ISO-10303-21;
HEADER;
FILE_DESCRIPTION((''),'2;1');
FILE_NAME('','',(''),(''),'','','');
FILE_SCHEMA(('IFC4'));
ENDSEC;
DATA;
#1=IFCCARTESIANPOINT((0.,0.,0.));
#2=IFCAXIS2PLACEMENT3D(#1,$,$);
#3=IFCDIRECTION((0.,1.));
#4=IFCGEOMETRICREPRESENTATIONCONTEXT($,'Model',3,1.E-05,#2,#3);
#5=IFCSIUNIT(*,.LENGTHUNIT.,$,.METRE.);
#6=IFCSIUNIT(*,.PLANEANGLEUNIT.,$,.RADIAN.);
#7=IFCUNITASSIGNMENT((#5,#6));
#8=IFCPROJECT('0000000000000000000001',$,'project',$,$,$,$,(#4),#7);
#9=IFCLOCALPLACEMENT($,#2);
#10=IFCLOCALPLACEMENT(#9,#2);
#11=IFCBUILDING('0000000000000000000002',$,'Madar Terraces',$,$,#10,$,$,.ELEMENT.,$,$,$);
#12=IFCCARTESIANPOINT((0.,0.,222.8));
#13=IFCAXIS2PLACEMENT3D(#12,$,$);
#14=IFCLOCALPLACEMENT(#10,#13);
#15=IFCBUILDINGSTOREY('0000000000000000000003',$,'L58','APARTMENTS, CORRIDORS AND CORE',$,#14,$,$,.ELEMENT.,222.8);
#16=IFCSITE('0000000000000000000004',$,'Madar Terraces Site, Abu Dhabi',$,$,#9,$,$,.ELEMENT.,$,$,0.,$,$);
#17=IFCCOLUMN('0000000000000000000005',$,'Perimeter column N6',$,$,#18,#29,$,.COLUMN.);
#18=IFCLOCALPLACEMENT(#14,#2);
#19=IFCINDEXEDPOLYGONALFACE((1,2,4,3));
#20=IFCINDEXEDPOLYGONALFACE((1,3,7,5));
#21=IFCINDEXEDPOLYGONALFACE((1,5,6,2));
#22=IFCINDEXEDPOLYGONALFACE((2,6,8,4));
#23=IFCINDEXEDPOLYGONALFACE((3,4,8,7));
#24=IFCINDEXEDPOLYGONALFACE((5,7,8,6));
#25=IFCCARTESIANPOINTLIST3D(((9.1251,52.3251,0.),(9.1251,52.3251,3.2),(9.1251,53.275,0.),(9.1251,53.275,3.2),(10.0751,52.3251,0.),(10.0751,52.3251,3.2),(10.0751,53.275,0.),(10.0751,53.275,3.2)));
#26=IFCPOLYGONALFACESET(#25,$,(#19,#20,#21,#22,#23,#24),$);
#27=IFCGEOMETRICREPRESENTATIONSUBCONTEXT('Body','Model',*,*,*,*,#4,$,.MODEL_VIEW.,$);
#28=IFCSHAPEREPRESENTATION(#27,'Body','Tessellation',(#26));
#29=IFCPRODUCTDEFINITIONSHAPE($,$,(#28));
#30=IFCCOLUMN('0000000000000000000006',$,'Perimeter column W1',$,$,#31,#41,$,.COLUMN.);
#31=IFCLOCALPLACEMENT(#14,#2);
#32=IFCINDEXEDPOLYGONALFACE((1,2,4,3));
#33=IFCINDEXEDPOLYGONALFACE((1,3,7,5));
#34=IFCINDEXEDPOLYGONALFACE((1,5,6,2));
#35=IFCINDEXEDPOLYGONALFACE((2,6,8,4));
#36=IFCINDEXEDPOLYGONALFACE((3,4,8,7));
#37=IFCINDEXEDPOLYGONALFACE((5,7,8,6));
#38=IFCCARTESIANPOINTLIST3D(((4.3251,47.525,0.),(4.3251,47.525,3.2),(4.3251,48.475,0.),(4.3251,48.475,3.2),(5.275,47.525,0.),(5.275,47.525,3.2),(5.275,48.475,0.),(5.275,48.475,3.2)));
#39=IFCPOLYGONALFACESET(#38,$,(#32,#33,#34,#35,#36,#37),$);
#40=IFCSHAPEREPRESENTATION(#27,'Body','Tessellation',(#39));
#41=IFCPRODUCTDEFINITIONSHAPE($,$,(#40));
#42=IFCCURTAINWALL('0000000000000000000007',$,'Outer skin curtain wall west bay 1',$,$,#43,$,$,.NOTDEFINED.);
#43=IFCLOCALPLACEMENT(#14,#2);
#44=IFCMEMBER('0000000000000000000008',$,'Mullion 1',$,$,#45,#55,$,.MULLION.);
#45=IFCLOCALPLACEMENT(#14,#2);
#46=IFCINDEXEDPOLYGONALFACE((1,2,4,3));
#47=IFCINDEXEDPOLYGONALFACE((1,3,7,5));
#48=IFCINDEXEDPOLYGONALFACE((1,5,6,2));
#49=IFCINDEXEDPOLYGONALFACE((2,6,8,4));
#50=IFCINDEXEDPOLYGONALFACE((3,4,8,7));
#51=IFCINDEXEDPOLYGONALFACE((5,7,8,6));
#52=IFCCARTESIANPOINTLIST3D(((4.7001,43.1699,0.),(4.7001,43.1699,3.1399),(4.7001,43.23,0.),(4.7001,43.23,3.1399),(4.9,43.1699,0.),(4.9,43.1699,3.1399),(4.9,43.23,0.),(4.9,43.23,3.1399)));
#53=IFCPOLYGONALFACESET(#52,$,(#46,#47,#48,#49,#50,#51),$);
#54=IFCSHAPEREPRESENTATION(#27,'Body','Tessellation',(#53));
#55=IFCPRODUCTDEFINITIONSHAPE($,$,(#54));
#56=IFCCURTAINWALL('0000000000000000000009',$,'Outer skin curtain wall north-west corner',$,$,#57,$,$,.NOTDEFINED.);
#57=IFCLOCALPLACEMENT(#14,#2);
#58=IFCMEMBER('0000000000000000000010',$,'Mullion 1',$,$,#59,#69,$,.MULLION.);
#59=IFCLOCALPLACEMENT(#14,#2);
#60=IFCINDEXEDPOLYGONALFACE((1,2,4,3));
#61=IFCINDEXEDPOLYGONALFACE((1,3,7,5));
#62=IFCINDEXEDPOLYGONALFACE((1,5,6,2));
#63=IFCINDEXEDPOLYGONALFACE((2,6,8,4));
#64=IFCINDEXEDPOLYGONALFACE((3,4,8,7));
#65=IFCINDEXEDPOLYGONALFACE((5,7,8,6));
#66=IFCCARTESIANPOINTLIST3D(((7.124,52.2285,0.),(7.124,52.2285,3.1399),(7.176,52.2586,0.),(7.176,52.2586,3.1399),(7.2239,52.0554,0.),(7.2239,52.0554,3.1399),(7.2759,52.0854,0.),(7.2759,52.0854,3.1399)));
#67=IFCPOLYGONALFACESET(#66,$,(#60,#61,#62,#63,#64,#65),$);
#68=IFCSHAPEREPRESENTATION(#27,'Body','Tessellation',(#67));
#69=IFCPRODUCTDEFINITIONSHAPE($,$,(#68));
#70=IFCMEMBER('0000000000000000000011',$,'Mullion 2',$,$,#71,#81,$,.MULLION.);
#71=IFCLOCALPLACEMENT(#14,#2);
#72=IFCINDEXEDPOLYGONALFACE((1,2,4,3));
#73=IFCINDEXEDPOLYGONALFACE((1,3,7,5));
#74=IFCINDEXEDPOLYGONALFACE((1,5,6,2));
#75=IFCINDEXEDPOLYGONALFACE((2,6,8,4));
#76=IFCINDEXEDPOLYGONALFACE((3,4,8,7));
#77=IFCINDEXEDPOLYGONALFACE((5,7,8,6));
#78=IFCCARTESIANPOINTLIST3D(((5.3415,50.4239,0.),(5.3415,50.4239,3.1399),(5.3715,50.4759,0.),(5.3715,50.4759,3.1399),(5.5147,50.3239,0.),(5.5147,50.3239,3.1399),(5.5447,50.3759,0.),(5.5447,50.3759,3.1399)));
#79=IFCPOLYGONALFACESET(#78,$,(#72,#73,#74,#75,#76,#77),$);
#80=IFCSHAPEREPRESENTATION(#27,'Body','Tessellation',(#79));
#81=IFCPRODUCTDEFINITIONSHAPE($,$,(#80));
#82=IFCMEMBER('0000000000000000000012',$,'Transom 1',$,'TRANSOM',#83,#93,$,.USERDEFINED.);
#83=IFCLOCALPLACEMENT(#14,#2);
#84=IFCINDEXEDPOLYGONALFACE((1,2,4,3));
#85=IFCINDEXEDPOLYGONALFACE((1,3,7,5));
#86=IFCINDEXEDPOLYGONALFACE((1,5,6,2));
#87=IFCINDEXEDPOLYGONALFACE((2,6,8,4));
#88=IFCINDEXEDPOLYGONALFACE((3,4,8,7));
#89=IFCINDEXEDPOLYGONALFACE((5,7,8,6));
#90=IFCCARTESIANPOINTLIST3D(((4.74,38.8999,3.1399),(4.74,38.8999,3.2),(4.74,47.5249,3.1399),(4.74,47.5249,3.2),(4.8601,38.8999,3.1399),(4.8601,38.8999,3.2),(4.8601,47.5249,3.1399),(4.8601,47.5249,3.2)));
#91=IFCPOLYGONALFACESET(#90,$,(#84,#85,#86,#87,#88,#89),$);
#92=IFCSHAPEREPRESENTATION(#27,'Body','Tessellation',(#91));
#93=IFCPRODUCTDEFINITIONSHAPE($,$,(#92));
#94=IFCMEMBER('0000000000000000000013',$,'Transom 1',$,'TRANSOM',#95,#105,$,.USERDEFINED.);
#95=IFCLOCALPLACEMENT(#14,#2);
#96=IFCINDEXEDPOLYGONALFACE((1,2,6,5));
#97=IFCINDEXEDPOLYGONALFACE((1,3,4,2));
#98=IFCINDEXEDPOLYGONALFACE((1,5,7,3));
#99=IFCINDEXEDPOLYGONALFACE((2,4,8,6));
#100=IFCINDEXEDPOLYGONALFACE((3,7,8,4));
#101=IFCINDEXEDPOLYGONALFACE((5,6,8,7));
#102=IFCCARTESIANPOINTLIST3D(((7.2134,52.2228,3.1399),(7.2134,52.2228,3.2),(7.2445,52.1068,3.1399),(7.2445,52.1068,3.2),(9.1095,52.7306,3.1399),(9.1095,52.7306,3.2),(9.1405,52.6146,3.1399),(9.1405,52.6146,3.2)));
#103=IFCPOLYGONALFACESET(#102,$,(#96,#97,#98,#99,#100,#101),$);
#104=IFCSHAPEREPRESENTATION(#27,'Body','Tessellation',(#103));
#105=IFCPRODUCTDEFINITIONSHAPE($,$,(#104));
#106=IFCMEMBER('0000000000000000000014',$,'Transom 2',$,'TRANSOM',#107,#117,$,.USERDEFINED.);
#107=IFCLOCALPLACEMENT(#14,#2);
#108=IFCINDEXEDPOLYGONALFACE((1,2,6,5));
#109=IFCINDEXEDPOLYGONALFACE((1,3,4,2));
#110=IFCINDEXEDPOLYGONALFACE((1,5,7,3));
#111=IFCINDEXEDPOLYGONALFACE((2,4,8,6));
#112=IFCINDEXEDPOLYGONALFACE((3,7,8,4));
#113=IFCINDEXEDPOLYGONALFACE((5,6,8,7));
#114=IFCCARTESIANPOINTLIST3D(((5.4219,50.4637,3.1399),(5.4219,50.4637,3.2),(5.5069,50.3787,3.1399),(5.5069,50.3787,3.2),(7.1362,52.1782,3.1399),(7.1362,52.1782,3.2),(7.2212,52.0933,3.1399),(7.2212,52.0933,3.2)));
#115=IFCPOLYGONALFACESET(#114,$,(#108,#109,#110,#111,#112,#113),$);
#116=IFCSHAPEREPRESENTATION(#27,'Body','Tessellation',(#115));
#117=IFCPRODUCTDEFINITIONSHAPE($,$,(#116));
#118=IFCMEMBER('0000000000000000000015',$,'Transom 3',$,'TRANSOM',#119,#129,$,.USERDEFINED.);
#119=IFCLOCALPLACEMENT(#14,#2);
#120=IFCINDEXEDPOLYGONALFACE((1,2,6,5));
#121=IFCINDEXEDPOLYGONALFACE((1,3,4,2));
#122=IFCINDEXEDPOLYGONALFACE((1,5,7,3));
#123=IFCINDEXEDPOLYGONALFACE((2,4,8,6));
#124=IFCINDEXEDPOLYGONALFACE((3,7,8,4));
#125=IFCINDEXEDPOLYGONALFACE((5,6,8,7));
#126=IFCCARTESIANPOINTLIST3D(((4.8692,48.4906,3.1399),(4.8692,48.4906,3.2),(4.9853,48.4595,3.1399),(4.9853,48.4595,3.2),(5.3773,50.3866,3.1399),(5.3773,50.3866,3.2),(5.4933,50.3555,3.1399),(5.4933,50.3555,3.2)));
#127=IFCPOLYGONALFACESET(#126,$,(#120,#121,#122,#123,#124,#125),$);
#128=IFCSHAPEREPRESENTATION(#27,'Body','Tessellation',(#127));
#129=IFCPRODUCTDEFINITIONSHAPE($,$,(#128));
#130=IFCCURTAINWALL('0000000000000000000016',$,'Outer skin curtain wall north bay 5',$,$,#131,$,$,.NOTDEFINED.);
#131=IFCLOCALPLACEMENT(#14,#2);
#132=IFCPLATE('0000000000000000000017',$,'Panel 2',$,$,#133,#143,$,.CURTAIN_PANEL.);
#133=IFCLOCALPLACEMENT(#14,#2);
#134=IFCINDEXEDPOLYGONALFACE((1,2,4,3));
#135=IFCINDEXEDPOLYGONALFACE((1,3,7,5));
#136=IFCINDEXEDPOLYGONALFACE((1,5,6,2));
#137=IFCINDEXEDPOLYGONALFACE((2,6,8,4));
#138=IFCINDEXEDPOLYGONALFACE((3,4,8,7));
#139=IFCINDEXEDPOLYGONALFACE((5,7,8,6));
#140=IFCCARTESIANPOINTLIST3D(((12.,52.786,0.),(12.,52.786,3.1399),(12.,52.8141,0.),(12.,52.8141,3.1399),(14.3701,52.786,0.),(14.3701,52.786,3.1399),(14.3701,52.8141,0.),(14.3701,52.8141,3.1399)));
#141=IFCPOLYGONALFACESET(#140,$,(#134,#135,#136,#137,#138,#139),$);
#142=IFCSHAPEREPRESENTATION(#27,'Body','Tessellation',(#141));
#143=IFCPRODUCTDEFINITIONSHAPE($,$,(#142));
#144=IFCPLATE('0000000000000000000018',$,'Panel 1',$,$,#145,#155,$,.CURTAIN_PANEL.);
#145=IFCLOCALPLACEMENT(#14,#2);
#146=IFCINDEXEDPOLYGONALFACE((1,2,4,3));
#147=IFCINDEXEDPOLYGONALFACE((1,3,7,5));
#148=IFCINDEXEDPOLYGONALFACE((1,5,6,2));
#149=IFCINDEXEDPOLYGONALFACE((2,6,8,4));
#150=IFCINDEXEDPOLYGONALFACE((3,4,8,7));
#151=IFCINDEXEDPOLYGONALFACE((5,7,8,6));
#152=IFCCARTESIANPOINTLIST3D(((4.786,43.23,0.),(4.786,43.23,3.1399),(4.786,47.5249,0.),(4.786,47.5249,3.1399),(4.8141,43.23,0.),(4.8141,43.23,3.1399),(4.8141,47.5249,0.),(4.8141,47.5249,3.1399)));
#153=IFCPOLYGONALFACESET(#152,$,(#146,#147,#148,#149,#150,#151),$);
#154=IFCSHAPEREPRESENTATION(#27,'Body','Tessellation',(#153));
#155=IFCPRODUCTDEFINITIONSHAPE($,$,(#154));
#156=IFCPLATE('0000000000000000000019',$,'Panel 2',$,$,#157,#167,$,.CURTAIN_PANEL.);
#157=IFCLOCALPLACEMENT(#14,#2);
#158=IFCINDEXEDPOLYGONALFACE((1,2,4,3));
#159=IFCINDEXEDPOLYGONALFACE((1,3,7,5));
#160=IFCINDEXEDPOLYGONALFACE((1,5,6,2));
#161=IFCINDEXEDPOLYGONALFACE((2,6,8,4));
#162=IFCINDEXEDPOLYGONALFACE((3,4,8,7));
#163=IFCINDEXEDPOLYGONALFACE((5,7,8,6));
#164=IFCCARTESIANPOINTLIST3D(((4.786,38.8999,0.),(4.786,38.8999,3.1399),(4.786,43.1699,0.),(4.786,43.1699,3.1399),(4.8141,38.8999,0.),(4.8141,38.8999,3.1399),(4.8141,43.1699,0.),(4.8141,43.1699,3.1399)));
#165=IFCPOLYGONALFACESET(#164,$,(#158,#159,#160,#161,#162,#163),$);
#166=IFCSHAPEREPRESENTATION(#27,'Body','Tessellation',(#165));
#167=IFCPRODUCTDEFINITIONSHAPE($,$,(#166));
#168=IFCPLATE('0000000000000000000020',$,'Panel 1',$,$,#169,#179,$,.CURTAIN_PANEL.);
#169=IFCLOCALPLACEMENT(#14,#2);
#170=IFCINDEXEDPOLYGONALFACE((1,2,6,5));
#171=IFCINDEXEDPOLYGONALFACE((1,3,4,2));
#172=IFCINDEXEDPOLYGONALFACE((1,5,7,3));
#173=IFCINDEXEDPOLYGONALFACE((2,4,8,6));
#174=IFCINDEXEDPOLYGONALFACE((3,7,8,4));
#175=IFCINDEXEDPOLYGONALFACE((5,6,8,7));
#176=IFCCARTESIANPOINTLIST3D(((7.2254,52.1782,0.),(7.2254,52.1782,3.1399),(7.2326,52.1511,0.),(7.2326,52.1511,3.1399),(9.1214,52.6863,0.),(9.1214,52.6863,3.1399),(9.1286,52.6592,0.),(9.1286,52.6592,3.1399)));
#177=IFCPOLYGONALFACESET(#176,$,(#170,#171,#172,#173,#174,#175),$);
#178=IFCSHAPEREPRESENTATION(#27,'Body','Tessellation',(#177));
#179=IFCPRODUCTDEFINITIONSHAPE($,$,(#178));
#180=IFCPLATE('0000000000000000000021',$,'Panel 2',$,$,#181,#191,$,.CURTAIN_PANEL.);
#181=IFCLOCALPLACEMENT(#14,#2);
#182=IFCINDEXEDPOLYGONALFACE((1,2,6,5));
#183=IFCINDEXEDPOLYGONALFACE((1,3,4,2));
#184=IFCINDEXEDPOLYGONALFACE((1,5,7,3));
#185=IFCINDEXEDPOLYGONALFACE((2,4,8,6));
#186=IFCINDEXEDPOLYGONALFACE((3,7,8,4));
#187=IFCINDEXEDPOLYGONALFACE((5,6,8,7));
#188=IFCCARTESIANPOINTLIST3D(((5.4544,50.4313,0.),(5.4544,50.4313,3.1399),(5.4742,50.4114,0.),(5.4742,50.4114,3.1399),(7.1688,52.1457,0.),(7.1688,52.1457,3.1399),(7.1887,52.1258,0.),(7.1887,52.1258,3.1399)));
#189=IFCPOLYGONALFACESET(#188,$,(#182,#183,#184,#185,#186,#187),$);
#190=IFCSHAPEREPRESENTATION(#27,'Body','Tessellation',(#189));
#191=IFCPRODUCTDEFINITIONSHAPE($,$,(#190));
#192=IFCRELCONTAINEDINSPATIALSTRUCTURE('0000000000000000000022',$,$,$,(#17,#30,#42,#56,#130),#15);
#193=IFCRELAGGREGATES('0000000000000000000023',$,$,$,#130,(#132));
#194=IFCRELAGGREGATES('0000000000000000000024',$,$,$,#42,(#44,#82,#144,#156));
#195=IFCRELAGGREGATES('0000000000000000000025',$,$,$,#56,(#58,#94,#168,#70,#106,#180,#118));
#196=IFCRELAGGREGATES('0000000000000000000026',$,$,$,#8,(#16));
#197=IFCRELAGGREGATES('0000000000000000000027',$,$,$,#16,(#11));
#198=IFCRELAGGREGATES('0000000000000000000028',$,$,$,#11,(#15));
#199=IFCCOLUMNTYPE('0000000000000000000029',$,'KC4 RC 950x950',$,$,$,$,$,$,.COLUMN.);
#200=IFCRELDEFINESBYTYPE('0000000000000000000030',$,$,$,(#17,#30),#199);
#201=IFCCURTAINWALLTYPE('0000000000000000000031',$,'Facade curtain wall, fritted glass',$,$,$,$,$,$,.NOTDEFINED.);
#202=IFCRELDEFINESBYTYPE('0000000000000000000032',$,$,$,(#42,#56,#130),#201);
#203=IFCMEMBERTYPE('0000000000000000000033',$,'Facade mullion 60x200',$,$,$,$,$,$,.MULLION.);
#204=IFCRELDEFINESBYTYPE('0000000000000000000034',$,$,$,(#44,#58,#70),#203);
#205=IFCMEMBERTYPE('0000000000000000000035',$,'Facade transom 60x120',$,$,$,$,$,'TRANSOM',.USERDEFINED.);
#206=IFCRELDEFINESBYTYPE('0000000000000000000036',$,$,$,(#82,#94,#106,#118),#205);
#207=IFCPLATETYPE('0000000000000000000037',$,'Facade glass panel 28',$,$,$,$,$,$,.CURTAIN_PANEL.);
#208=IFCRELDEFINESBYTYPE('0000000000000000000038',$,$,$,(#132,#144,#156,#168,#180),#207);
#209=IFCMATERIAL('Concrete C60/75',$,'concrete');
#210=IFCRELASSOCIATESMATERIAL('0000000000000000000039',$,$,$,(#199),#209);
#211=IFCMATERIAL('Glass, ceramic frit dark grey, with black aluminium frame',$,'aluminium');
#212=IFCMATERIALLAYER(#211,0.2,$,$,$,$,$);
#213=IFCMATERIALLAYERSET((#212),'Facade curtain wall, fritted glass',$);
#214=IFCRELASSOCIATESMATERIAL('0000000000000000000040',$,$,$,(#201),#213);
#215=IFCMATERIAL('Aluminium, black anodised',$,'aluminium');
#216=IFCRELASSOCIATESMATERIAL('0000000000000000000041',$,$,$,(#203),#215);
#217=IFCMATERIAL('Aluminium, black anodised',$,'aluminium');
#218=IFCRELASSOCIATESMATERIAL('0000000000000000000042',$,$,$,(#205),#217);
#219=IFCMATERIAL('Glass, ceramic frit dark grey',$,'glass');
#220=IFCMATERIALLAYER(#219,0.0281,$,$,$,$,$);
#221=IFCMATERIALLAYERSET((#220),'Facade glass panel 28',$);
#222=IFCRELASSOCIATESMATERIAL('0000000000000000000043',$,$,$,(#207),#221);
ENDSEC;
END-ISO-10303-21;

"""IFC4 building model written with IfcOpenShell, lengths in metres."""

from ifc_helpers import new_model, si_unit, direction, frame, origin, origin_2d, place, context, subcontext, project, spatial, rectangle, extrude, material, layer, layer_set, material_profile, profile_set, type_object, element, aggregate, save


model = new_model("IFC4")

# Units and contexts
model_context = context("Model", 3, precision=1e-05, world=origin(), true_north=direction((0.0, 1.0)))
body_context = subcontext(model_context, "Body", "Model", "MODEL_VIEW")
ifc_project = project(units=[si_unit("LENGTHUNIT", "METRE"), si_unit("PLANEANGLEUNIT", "RADIAN")], contexts=[model_context])

# Site, building, storey
site_placement = place(None, origin())
site = spatial("IfcSite", under=ifc_project, at=site_placement, Name="Madar Terraces Site, Abu Dhabi", CompositionType="ELEMENT", RefElevation=0.0)
building_placement = place(site_placement, origin())
building = spatial("IfcBuilding", under=site, at=building_placement, Name="Madar Terraces", CompositionType="ELEMENT")
storey_placement = place(building_placement, frame((0.0, 0.0, 222.8)))
storey = spatial("IfcBuildingStorey", under=building, at=storey_placement, Name="L58", Description="APARTMENTS, CORRIDORS AND CORE", CompositionType="ELEMENT", Elevation=222.8)

# Columns
ifc_material_1 = material(Name="Concrete C60/75", Category="concrete")
ifc_material_profile_1 = material_profile(ifc_material_1, rectangle(XDim=0.95, YDim=0.95, at=origin_2d()), Name="KC4 RC 950x950")
ifc_profile_set_1 = profile_set([ifc_material_profile_1], Name="Concrete C60/75")
column_type = type_object("IfcColumnType", Name="KC4 RC 950x950", PredefinedType="COLUMN", material=ifc_profile_set_1)
for number, where, z_axis, x_axis, name in (
    (1, (9.6001, 52.8, 0.0), (0.0, 0.0, 1.0), (1.0, 0.0, 0.0), "Perimeter column N6"),
    (2, (4.8, 48.0, 0.0), (0.0, 0.0, 1.0), (1.0, 0.0, 0.0), "Perimeter column W1"),
):
    element("IfcColumn", number, at=place(storey_placement, frame(where, z_axis=z_axis, x_axis=x_axis)), inside=storey, type_object=column_type, Name=name, PredefinedType="COLUMN", context=body_context, shape_type="SweptSolid", body=[
        extrude(rectangle(XDim=0.95, YDim=0.95, at=origin_2d()), origin(), (0.0, 0.0, 1.0), 3.2),
    ])

# Curtain wall, member
ifc_material_2 = material(Name="Glass, ceramic frit dark grey, with black aluminium frame", Category="aluminium")
ifc_layer_1 = layer(ifc_material_2, 0.2)
ifc_layer_set_1 = layer_set([ifc_layer_1], Name="Facade curtain wall, fritted glass")
curtain_wall_type = type_object("IfcCurtainWallType", Name="Facade curtain wall, fritted glass", PredefinedType="NOTDEFINED", material=ifc_layer_set_1)
curtain_wall_1_placement = place(storey_placement, origin())
curtain_wall_1 = element("IfcCurtainWall", 3, at=curtain_wall_1_placement, inside=storey, type_object=curtain_wall_type, Name="Outer skin curtain wall west bay 1", PredefinedType="NOTDEFINED")
ifc_material_3 = material(Name="Aluminium, black anodised", Category="aluminium")
ifc_material_profile_2 = material_profile(ifc_material_3, rectangle(XDim=0.2, YDim=0.0601, at=origin_2d()), Name="Facade mullion 60x200")
ifc_profile_set_2 = profile_set([ifc_material_profile_2], Name="Aluminium, black anodised")
member_type_1 = type_object("IfcMemberType", Name="Facade mullion 60x200", PredefinedType="MULLION", material=ifc_profile_set_2)
member_1_placement = place(storey_placement, frame((4.8, 43.2, 0.0), z_axis=(0.0, 0.0, 1.0), x_axis=(1.0, 0.0, 0.0)))
member_1 = element("IfcMember", 4, at=member_1_placement, type_object=member_type_1, Name="Mullion 1", PredefinedType="MULLION", context=body_context, shape_type="SweptSolid", body=[
    extrude(rectangle(XDim=0.2, YDim=0.0601, at=origin_2d()), origin(), (0.0, 0.0, 1.0), 3.1399),
])

# Curtain wall, members
curtain_wall_2_placement = place(storey_placement, origin())
curtain_wall_2 = element("IfcCurtainWall", 5, at=curtain_wall_2_placement, inside=storey, type_object=curtain_wall_type, Name="Outer skin curtain wall north-west corner", PredefinedType="NOTDEFINED")
member_2_placement = place(storey_placement, frame((7.2, 52.157, 0.0), z_axis=(0.0, 0.0, 1.0), x_axis=(0.5, -0.866025, 0.0)))
member_2 = element("IfcMember", 6, at=member_2_placement, type_object=member_type_1, Name="Mullion 1", PredefinedType="MULLION", context=body_context, shape_type="SweptSolid", body=[
    extrude(rectangle(XDim=0.2, YDim=0.0601, at=origin_2d()), origin(), (0.0, 0.0, 1.0), 3.1399),
])
member_3_placement = place(storey_placement, frame((5.4431, 50.3999, 0.0), z_axis=(0.0, 0.0, 1.0), x_axis=(0.866025, -0.5, 0.0)))
member_3 = element("IfcMember", 7, at=member_3_placement, type_object=member_type_1, Name="Mullion 2", PredefinedType="MULLION", context=body_context, shape_type="SweptSolid", body=[
    extrude(rectangle(XDim=0.2, YDim=0.0601, at=origin_2d()), origin(), (0.0, 0.0, 1.0), 3.1399),
])

# Members
ifc_material_4 = material(Name="Aluminium, black anodised", Category="aluminium")
ifc_material_profile_3 = material_profile(ifc_material_4, rectangle(XDim=0.1201, YDim=0.0601, at=origin_2d()), Name="Facade transom 60x120")
ifc_profile_set_3 = profile_set([ifc_material_profile_3], Name="Aluminium, black anodised")
member_type_2 = type_object("IfcMemberType", Name="Facade transom 60x120", ElementType="TRANSOM", PredefinedType="USERDEFINED", material=ifc_profile_set_3)
member_4_placement = place(storey_placement, frame((4.8, 47.5249, 3.1699), z_axis=(0.0, -1.0, 0.0), x_axis=(1.0, 0.0, 0.0)))
member_4 = element("IfcMember", 8, at=member_4_placement, type_object=member_type_2, Name="Transom 1", ObjectType="TRANSOM", PredefinedType="USERDEFINED", context=body_context, shape_type="SweptSolid", body=[
    extrude(rectangle(XDim=0.1201, YDim=0.0601, at=origin_2d()), origin(), (0.0, 0.0, 1.0), 8.625),
])
member_5_placement = place(storey_placement, frame((9.125, 52.6726, 3.1699), z_axis=(-0.965954, -0.258715, 0.0), x_axis=(0.258715, -0.965954, 0.0)))
member_5 = element("IfcMember", 9, at=member_5_placement, type_object=member_type_2, Name="Transom 1", ObjectType="TRANSOM", PredefinedType="USERDEFINED", context=body_context, shape_type="SweptSolid", body=[
    extrude(rectangle(XDim=0.1201, YDim=0.0601, at=origin_2d()), origin(), (0.0, 0.0, 1.0), 1.9629),
])
member_6_placement = place(storey_placement, frame((7.1787, 52.1357, 3.1699), z_axis=(-0.707056, -0.707157, 0.0), x_axis=(0.707157, -0.707056, 0.0)))
member_6 = element("IfcMember", 10, at=member_6_placement, type_object=member_type_2, Name="Transom 2", ObjectType="TRANSOM", PredefinedType="USERDEFINED", context=body_context, shape_type="SweptSolid", body=[
    extrude(rectangle(XDim=0.1201, YDim=0.0601, at=origin_2d()), origin(), (0.0, 0.0, 1.0), 2.4246),
])
member_7_placement = place(storey_placement, frame((5.4353, 50.3711, 3.1699), z_axis=(-0.258831, -0.965923, 0.0), x_axis=(0.965923, -0.258831, 0.0)))
member_7 = element("IfcMember", 11, at=member_7_placement, type_object=member_type_2, Name="Transom 3", ObjectType="TRANSOM", PredefinedType="USERDEFINED", context=body_context, shape_type="SweptSolid", body=[
    extrude(rectangle(XDim=0.1201, YDim=0.0601, at=origin_2d()), origin(), (0.0, 0.0, 1.0), 1.9629),
])

# Curtain wall, plate
curtain_wall_3_placement = place(storey_placement, origin())
curtain_wall_3 = element("IfcCurtainWall", 12, at=curtain_wall_3_placement, inside=storey, type_object=curtain_wall_type, Name="Outer skin curtain wall north bay 5", PredefinedType="NOTDEFINED")
ifc_material_5 = material(Name="Glass, ceramic frit dark grey", Category="glass")
ifc_layer_2 = layer(ifc_material_5, 0.0281)
ifc_layer_set_2 = layer_set([ifc_layer_2], Name="Facade glass panel 28")
plate_type = type_object("IfcPlateType", Name="Facade glass panel 28", PredefinedType="CURTAIN_PANEL", material=ifc_layer_set_2)
plate_1_placement = place(storey_placement, frame((13.1851, 52.8, 0.0), z_axis=(0.0, 0.0, 1.0), x_axis=(-1.0, 0.0, 0.0)))
plate_1 = element("IfcPlate", 13, at=plate_1_placement, type_object=plate_type, Name="Panel 2", PredefinedType="CURTAIN_PANEL", context=body_context, shape_type="SweptSolid", body=[
    extrude(rectangle(XDim=2.3701, YDim=0.0281, at=origin_2d()), origin(), (0.0, 0.0, 1.0), 3.1399),
])
aggregate(curtain_wall_3, [plate_1])

# Plates
plate_2_placement = place(storey_placement, frame((4.8, 45.3774, 0.0), z_axis=(0.0, 0.0, 1.0), x_axis=(0.0, -1.0, 0.0)))
plate_2 = element("IfcPlate", 14, at=plate_2_placement, type_object=plate_type, Name="Panel 1", PredefinedType="CURTAIN_PANEL", context=body_context, shape_type="SweptSolid", body=[
    extrude(rectangle(XDim=4.2949, YDim=0.0281, at=origin_2d()), origin(), (0.0, 0.0, 1.0), 3.1399),
])
plate_3_placement = place(storey_placement, frame((4.8, 41.0349, 0.0), z_axis=(0.0, 0.0, 1.0), x_axis=(0.0, -1.0, 0.0)))
plate_3 = element("IfcPlate", 15, at=plate_3_placement, type_object=plate_type, Name="Panel 2", PredefinedType="CURTAIN_PANEL", context=body_context, shape_type="SweptSolid", body=[
    extrude(rectangle(XDim=4.27, YDim=0.0281, at=origin_2d()), origin(), (0.0, 0.0, 1.0), 3.1399),
])
aggregate(curtain_wall_1, [member_1, member_4, plate_2, plate_3])
plate_4_placement = place(storey_placement, frame((8.177, 52.4187, 0.0), z_axis=(0.0, 0.0, 1.0), x_axis=(-0.965926, -0.258819, 0.0)))
plate_4 = element("IfcPlate", 16, at=plate_4_placement, type_object=plate_type, Name="Panel 1", PredefinedType="CURTAIN_PANEL", context=body_context, shape_type="SweptSolid", body=[
    extrude(rectangle(XDim=1.9629, YDim=0.0281, at=origin_2d()), origin(), (0.0, 0.0, 1.0), 3.1399),
])
plate_5_placement = place(storey_placement, frame((6.3215, 51.2786, 0.0), z_axis=(0.0, 0.0, 1.0), x_axis=(-0.707107, -0.707107, 0.0)))
plate_5 = element("IfcPlate", 17, at=plate_5_placement, type_object=plate_type, Name="Panel 2", PredefinedType="CURTAIN_PANEL", context=body_context, shape_type="SweptSolid", body=[
    extrude(rectangle(XDim=2.4246, YDim=0.0281, at=origin_2d()), origin(), (0.0, 0.0, 1.0), 3.1399),
])
aggregate(curtain_wall_2, [member_2, member_5, plate_4, member_3, member_6, plate_5, member_7])

save(model, "model.ifc")
